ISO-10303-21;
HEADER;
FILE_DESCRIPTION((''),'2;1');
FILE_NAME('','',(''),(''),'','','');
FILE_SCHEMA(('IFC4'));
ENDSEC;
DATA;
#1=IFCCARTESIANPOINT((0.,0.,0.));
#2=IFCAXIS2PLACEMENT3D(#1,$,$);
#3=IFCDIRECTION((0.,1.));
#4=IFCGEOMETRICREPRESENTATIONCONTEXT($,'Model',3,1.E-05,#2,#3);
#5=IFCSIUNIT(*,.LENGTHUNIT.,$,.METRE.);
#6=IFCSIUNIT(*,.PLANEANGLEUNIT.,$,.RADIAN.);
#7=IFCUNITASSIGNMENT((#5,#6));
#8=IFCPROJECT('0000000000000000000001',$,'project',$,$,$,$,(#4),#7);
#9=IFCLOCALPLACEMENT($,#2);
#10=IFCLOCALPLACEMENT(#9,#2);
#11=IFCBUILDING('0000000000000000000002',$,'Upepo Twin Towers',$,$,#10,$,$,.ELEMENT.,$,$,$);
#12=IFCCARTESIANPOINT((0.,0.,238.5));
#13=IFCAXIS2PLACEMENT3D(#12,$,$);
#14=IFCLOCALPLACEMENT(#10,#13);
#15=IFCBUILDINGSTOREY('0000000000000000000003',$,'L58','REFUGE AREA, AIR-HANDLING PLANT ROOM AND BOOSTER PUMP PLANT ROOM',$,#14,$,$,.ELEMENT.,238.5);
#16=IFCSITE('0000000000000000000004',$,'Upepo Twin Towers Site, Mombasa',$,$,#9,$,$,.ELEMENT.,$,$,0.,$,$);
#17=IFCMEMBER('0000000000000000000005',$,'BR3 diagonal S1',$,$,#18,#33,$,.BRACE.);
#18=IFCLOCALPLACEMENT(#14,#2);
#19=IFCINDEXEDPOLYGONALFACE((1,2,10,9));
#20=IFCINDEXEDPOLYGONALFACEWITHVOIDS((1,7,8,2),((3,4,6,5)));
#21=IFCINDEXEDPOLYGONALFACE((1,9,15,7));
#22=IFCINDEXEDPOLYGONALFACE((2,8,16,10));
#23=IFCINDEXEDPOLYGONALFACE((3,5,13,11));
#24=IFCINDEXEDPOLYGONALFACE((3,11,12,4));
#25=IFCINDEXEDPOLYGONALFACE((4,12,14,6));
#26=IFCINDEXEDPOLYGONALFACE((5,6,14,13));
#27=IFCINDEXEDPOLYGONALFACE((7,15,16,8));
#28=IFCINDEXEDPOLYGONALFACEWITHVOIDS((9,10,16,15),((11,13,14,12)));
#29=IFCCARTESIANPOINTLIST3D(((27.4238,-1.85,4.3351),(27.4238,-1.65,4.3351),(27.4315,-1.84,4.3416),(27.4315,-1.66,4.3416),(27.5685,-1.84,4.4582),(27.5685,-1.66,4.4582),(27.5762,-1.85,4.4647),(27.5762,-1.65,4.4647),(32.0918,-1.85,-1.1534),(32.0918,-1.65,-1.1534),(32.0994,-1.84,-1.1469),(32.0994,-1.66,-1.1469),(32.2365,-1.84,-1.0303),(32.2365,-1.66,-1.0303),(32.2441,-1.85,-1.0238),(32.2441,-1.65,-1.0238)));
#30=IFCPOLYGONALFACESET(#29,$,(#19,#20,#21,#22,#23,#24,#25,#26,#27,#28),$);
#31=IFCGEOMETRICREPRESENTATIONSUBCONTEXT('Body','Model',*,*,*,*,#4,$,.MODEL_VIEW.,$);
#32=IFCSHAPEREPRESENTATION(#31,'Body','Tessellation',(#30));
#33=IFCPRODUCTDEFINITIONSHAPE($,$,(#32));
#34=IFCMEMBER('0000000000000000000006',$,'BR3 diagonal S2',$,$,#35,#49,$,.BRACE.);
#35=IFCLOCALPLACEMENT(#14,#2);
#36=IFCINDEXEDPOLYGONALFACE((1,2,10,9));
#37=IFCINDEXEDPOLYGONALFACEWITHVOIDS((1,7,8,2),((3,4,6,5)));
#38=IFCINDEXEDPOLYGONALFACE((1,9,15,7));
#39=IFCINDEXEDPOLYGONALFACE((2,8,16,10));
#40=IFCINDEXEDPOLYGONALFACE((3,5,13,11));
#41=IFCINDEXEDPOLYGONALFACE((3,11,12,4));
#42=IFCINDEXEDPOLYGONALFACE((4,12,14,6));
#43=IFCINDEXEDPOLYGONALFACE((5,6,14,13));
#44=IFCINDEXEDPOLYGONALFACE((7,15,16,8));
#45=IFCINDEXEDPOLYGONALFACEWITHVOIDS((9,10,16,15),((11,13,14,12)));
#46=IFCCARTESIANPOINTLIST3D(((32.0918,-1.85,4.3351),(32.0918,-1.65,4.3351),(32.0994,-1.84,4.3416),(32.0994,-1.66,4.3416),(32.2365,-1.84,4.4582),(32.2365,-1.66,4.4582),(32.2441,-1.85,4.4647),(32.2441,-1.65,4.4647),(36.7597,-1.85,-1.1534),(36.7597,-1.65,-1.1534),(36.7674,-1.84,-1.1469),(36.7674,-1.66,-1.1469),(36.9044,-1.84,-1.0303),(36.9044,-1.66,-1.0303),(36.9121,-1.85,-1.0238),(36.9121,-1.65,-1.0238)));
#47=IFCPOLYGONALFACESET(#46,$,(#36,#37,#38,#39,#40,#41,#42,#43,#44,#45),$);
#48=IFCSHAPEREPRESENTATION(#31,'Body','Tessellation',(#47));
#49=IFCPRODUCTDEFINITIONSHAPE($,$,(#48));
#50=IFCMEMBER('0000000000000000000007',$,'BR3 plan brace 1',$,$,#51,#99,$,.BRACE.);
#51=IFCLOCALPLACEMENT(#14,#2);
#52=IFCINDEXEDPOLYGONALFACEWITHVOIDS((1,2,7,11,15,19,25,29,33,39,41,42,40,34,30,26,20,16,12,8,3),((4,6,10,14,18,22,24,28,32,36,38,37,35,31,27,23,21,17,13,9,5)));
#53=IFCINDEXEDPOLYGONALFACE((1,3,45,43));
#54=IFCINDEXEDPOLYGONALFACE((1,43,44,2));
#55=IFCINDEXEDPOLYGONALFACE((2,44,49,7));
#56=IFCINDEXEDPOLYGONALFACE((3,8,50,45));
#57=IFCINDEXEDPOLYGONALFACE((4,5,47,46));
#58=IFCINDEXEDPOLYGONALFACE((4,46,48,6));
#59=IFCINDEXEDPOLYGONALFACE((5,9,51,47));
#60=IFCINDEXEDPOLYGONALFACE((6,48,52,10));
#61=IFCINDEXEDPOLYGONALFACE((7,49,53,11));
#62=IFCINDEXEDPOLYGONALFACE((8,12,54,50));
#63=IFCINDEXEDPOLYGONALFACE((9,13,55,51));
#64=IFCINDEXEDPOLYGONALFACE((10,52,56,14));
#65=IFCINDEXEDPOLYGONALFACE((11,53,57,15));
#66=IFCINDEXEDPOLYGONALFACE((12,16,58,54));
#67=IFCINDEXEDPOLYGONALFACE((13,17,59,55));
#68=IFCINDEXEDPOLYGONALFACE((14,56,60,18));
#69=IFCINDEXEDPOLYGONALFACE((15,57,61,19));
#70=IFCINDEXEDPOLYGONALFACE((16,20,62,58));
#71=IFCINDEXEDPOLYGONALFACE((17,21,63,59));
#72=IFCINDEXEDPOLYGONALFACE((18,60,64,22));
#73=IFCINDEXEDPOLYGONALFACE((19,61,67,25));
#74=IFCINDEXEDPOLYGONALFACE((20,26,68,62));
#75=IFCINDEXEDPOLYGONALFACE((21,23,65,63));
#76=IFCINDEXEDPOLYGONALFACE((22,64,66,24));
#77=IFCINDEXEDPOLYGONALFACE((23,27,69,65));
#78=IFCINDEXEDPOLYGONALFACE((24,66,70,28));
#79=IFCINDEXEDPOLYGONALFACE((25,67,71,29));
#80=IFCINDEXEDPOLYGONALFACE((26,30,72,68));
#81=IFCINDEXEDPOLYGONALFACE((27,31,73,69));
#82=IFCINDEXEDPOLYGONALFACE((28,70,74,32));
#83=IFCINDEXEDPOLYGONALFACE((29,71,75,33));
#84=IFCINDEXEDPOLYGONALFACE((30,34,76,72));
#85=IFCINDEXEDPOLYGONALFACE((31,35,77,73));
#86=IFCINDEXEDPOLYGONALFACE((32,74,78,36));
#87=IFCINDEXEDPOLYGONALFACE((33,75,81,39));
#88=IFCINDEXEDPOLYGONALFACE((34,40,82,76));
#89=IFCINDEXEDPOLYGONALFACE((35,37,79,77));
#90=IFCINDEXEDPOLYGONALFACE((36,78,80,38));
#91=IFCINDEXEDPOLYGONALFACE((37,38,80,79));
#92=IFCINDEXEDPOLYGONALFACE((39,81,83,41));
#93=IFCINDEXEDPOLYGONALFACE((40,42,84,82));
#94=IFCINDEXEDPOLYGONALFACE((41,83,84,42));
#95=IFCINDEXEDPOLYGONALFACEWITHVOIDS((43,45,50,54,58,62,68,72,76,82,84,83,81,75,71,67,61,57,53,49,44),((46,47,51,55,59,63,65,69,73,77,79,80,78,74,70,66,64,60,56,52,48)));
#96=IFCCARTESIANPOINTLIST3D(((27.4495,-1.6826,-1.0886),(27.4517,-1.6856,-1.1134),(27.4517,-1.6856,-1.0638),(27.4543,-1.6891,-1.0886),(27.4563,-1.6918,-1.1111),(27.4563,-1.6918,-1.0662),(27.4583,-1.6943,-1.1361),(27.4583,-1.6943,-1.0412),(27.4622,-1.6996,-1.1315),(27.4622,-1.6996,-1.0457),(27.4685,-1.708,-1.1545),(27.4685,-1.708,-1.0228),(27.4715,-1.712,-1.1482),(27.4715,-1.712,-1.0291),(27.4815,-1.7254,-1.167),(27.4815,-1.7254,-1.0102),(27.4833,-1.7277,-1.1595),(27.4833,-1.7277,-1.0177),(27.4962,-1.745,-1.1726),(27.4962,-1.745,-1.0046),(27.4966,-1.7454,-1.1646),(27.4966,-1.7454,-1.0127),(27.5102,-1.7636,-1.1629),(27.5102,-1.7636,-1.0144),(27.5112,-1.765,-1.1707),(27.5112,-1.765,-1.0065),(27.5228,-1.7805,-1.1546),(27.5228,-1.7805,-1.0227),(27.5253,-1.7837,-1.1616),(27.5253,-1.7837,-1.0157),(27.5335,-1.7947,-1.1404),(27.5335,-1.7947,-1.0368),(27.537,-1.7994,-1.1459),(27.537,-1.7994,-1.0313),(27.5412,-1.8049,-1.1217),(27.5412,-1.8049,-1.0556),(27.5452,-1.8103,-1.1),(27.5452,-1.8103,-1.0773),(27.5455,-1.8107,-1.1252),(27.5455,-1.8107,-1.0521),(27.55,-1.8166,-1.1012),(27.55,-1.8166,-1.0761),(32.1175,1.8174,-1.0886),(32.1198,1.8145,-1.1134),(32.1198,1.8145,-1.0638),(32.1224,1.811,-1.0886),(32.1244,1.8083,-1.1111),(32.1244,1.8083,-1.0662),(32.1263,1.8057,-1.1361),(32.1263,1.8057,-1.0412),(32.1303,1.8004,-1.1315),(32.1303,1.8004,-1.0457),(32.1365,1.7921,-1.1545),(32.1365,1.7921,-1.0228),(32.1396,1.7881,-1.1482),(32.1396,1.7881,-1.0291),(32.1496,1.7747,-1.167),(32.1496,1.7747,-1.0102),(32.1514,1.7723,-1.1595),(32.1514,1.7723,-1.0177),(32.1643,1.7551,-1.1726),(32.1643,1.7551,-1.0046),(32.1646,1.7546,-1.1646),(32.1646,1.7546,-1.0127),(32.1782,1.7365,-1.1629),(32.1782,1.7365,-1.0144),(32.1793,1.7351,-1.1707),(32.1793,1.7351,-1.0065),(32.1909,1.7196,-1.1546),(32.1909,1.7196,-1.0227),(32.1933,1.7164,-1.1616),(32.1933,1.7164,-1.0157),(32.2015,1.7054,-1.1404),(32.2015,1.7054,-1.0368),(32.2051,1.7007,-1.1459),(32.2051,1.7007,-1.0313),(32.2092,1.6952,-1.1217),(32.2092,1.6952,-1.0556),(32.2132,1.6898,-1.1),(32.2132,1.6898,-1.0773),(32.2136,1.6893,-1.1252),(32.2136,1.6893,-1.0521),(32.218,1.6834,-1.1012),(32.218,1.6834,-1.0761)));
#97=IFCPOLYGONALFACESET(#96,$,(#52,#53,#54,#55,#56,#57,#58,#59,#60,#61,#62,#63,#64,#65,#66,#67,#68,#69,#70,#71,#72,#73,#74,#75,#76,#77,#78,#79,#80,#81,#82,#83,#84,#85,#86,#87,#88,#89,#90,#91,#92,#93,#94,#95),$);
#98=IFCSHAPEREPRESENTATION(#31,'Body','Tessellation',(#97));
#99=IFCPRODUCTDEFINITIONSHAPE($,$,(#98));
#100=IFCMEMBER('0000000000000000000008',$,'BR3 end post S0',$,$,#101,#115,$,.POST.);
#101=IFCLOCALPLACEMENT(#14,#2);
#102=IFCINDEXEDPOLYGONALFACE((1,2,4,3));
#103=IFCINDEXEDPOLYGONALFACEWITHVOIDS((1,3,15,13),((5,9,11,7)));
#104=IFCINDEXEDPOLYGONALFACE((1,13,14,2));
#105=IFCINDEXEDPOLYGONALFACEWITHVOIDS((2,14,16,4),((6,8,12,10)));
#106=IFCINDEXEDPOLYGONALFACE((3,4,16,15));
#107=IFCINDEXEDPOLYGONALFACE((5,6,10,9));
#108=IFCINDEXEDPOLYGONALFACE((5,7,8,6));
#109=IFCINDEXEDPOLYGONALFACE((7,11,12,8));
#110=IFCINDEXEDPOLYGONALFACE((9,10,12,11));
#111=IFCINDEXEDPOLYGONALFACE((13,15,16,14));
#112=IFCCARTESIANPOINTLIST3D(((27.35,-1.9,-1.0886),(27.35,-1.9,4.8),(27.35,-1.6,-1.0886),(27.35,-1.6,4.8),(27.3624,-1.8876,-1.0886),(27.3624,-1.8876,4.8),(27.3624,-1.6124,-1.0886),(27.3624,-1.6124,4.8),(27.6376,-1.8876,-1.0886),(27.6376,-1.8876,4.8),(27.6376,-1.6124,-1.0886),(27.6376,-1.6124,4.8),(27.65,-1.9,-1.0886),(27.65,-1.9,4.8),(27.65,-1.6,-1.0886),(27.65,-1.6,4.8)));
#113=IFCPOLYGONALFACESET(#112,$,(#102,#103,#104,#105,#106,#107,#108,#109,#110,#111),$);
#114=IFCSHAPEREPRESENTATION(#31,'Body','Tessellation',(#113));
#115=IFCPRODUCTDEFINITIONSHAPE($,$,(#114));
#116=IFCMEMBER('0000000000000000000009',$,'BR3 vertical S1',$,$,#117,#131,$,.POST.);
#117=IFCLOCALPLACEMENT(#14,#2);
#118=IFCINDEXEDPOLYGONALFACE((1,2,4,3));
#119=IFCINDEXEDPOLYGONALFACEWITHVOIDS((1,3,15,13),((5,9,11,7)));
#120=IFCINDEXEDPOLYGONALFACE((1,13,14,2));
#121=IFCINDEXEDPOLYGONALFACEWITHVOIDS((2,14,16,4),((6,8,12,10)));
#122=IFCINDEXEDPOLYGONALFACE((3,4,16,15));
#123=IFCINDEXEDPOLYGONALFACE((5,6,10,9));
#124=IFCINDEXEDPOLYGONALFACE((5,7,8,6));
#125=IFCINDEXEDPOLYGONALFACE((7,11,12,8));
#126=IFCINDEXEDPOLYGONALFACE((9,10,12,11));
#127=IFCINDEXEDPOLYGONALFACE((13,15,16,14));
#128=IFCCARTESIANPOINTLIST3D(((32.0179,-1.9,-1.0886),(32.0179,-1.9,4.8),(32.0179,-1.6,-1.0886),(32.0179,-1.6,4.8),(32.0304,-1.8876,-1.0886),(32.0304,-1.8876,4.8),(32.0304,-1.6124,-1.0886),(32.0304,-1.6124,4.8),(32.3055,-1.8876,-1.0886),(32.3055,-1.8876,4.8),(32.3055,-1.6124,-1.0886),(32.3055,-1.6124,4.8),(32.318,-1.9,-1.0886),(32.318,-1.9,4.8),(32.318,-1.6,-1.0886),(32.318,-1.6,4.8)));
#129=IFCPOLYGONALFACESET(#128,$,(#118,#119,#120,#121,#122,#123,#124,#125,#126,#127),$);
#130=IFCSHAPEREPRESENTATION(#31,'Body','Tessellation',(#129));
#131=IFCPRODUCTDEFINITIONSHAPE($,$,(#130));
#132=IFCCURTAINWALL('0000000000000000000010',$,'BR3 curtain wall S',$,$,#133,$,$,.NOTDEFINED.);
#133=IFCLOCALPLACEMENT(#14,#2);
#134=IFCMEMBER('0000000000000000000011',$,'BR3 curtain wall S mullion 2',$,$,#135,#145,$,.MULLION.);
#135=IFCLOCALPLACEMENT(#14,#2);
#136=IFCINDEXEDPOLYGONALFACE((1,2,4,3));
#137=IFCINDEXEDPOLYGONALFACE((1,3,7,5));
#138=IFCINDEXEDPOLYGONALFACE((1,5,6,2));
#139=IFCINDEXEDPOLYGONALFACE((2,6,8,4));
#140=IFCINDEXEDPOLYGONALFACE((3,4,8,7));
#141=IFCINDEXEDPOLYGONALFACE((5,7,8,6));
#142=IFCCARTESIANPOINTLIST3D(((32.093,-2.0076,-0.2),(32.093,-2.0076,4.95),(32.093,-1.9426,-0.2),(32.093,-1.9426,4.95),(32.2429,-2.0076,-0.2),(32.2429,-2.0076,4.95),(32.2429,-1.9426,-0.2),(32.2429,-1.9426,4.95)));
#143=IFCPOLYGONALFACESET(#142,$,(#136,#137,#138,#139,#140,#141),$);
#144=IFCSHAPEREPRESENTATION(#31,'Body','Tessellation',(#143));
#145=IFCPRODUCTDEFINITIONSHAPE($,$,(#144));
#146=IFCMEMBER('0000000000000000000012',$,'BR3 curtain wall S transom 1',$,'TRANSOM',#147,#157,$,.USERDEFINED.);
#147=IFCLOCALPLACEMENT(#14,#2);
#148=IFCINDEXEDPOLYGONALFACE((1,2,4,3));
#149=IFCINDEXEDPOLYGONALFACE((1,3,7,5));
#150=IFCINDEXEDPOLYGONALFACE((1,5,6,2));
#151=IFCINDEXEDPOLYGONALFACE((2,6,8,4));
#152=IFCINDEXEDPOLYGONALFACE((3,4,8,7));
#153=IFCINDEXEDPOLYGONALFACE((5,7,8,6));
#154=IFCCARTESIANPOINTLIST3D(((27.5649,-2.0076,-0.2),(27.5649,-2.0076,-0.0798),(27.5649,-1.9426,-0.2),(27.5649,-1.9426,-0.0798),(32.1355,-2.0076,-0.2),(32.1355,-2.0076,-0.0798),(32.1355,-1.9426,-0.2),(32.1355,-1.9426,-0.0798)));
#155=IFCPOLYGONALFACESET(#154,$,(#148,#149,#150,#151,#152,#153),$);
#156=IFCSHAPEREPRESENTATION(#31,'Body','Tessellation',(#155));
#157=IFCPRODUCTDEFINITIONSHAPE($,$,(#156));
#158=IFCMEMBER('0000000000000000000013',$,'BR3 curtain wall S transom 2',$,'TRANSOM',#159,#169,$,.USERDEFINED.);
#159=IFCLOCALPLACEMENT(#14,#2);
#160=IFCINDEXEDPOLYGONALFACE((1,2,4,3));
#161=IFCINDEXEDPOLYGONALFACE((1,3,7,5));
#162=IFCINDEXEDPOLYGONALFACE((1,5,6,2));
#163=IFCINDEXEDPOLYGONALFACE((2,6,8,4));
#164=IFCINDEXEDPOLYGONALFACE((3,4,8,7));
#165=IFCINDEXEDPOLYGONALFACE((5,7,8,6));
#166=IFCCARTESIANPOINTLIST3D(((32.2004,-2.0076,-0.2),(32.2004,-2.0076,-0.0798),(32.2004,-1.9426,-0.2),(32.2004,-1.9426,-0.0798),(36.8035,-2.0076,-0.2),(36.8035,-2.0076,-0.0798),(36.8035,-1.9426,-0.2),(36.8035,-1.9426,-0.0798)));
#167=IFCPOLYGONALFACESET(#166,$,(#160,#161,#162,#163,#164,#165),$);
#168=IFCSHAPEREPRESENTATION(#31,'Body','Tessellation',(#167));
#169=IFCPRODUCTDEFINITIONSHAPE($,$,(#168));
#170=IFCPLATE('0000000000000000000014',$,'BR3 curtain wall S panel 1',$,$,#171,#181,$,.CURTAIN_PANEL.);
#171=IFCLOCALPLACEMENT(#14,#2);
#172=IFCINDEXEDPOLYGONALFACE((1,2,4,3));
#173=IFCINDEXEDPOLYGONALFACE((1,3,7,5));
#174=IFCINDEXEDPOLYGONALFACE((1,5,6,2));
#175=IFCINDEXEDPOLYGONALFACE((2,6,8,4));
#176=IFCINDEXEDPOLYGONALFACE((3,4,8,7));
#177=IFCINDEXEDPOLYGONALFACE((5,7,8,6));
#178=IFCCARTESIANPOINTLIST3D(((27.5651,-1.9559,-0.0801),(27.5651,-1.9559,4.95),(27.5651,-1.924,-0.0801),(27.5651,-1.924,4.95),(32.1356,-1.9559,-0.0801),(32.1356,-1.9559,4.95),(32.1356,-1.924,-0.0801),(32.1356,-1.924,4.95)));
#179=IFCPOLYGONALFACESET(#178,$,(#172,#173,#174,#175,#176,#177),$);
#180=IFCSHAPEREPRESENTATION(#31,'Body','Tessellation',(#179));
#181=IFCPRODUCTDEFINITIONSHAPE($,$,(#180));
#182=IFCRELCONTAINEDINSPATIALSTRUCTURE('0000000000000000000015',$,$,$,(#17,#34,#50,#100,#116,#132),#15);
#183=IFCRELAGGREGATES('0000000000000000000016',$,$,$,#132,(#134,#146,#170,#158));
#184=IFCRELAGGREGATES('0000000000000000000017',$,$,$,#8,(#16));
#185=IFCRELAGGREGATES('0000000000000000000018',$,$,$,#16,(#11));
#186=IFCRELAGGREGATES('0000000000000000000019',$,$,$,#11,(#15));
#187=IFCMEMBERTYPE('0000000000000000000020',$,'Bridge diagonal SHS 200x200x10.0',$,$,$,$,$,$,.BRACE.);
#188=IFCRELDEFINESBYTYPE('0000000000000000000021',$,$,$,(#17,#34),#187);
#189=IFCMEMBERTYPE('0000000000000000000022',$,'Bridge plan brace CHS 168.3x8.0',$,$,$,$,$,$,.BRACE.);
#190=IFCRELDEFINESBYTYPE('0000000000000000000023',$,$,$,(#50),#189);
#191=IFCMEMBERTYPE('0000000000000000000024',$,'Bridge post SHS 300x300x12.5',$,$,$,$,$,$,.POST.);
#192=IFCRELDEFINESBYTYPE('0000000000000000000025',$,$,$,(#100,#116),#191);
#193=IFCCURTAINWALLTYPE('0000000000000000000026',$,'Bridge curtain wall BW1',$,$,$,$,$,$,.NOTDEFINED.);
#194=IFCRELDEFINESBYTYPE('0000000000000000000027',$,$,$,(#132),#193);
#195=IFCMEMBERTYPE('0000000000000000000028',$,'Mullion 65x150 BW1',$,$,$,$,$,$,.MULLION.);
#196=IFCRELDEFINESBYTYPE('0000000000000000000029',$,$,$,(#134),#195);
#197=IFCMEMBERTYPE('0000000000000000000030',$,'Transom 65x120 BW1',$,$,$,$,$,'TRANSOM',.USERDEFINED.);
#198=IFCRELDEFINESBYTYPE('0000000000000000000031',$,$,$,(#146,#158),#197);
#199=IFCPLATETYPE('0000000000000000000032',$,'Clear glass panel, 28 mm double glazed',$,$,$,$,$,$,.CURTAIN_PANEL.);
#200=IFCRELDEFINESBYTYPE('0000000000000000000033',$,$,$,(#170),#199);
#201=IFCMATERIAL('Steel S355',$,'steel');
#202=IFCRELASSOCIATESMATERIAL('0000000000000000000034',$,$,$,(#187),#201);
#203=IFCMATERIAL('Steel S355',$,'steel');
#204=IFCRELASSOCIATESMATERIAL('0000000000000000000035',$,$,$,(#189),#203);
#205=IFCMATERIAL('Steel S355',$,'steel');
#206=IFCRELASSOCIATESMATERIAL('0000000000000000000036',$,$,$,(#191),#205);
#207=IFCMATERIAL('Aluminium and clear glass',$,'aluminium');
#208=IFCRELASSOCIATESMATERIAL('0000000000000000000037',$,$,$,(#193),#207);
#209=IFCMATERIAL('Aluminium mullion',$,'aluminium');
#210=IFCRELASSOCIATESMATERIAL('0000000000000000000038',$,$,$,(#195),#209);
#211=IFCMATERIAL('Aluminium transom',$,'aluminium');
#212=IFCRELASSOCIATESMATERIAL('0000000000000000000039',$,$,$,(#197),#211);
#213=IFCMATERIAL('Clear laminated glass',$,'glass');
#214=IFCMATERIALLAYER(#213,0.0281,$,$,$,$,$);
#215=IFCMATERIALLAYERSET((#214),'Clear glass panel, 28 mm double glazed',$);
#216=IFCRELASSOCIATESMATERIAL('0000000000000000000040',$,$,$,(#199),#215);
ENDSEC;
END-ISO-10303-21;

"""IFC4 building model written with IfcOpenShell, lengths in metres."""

from ifc_helpers import new_model, si_unit, direction, frame, origin, origin_2d, place, context, subcontext, project, spatial, rectangle, hollow_rectangle, hollow_circle, extrude, material, layer, layer_set, material_profile, profile_set, type_object, element, aggregate, save


model = new_model("IFC4")

# Units and contexts
model_context = context("Model", 3, precision=1e-05, world=origin(), true_north=direction((0.0, 1.0)))
body_context = subcontext(model_context, "Body", "Model", "MODEL_VIEW")
ifc_project = project(units=[si_unit("LENGTHUNIT", "METRE"), si_unit("PLANEANGLEUNIT", "RADIAN")], contexts=[model_context])

# Site, building, storey
site_placement = place(None, origin())
site = spatial("IfcSite", under=ifc_project, at=site_placement, Name="Upepo Twin Towers Site, Mombasa", CompositionType="ELEMENT", RefElevation=0.0)
building_placement = place(site_placement, origin())
building = spatial("IfcBuilding", under=site, at=building_placement, Name="Upepo Twin Towers", CompositionType="ELEMENT")
storey_placement = place(building_placement, frame((0.0, 0.0, 238.5)))
storey = spatial("IfcBuildingStorey", under=building, at=storey_placement, Name="L58", Description="REFUGE AREA, AIR-HANDLING PLANT ROOM AND BOOSTER PUMP PLANT ROOM", CompositionType="ELEMENT", Elevation=238.5)

# Members
ifc_material_1 = material(Name="Steel S355", Category="steel")
ifc_material_profile_1 = material_profile(ifc_material_1, hollow_rectangle(XDim=0.2, YDim=0.2, WallThickness=0.01, at=origin_2d()), Name="SHS 200x200x10.0")
ifc_profile_set_1 = profile_set([ifc_material_profile_1], Name="Steel S355")
member_type_1 = type_object("IfcMemberType", Name="Bridge diagonal SHS 200x200x10.0", PredefinedType="BRACE", material=ifc_profile_set_1)
for number, where, z_axis, x_axis, name in (
    (1, (27.5, -1.75, 4.3999), (0.647868, 0.0, -0.761753), (0.0, 1.0, 0.0), "BR3 diagonal S1"),
    (2, (32.168, -1.75, 4.3999), (0.647868, 0.0, -0.761753), (0.0, 1.0, 0.0), "BR3 diagonal S2"),
):
    element("IfcMember", number, at=place(storey_placement, frame(where, z_axis=z_axis, x_axis=x_axis)), inside=storey, type_object=member_type_1, Name=name, PredefinedType="BRACE", context=body_context, shape_type="SweptSolid", body=[
        extrude(hollow_rectangle(XDim=0.2, YDim=0.2, WallThickness=0.01, at=origin_2d()), origin(), (0.0, 0.0, 1.0), 7.2051),
    ])
ifc_material_2 = material(Name="Steel S355", Category="steel")
ifc_material_profile_2 = material_profile(ifc_material_2, hollow_circle(Radius=0.0842, WallThickness=0.0081, at=origin_2d()), Name="CHS 168.3x8.0")
ifc_profile_set_2 = profile_set([ifc_material_profile_2], Name="Steel S355")
member_type_2 = type_object("IfcMemberType", Name="Bridge plan brace CHS 168.3x8.0", PredefinedType="BRACE", material=ifc_profile_set_2)
member_1_placement = place(storey_placement, frame((27.5, -1.75, -1.0886), z_axis=(0.80008, 0.599893, 0.0), x_axis=(-0.599893, 0.80008, 0.0)))
element("IfcMember", 3, at=member_1_placement, inside=storey, type_object=member_type_2, Name="BR3 plan brace 1", PredefinedType="BRACE", context=body_context, shape_type="SweptSolid", body=[
    extrude(hollow_circle(Radius=0.0842, WallThickness=0.0081, at=origin_2d()), origin(), (0.0, 0.0, 1.0), 5.8345),
])
ifc_material_3 = material(Name="Steel S355", Category="steel")
ifc_material_profile_3 = material_profile(ifc_material_3, hollow_rectangle(XDim=0.3, YDim=0.3, WallThickness=0.0125, at=origin_2d()), Name="SHS 300x300x12.5")
ifc_profile_set_3 = profile_set([ifc_material_profile_3], Name="Steel S355")
member_type_3 = type_object("IfcMemberType", Name="Bridge post SHS 300x300x12.5", PredefinedType="POST", material=ifc_profile_set_3)
for number, where, z_axis, x_axis, name in (
    (4, (27.5, -1.75, -1.0886), (0.0, 0.0, 1.0), (1.0, 0.0, 0.0), "BR3 end post S0"),
    (5, (32.168, -1.75, -1.0886), (0.0, 0.0, 1.0), (1.0, 0.0, 0.0), "BR3 vertical S1"),
):
    element("IfcMember", number, at=place(storey_placement, frame(where, z_axis=z_axis, x_axis=x_axis)), inside=storey, type_object=member_type_3, Name=name, PredefinedType="POST", context=body_context, shape_type="SweptSolid", body=[
        extrude(hollow_rectangle(XDim=0.3, YDim=0.3, WallThickness=0.0125, at=origin_2d()), origin(), (0.0, 0.0, 1.0), 5.8887),
    ])

# Curtain wall, members, plate
ifc_material_4 = material(Name="Aluminium and clear glass", Category="aluminium")
curtain_wall_type = type_object("IfcCurtainWallType", Name="Bridge curtain wall BW1", PredefinedType="NOTDEFINED", material=ifc_material_4)
curtain_wall_placement = place(storey_placement, origin())
curtain_wall = element("IfcCurtainWall", 6, at=curtain_wall_placement, inside=storey, type_object=curtain_wall_type, Name="BR3 curtain wall S", PredefinedType="NOTDEFINED")
ifc_material_5 = material(Name="Aluminium mullion", Category="aluminium")
ifc_material_profile_4 = material_profile(ifc_material_5, rectangle(XDim=0.0649, YDim=0.1499, at=origin_2d()), Name="MULLION 65x150 BRIDGE")
ifc_profile_set_4 = profile_set([ifc_material_profile_4], Name="Aluminium mullion")
member_type_4 = type_object("IfcMemberType", Name="Mullion 65x150 BW1", PredefinedType="MULLION", material=ifc_profile_set_4)
member_2_placement = place(storey_placement, frame((32.168, -1.9751, -0.2), z_axis=(0.0, 0.0, 1.0), x_axis=(0.0, 1.0, 0.0)))
member_2 = element("IfcMember", 7, at=member_2_placement, type_object=member_type_4, Name="BR3 curtain wall S mullion 2", PredefinedType="MULLION", context=body_context, shape_type="SweptSolid", body=[
    extrude(rectangle(XDim=0.0649, YDim=0.1499, at=origin_2d()), origin(), (0.0, 0.0, 1.0), 5.1499),
])
ifc_material_6 = material(Name="Aluminium transom", Category="aluminium")
ifc_material_profile_5 = material_profile(ifc_material_6, rectangle(XDim=0.0649, YDim=0.1201, at=origin_2d()), Name="TRANSOM 65x120 BRIDGE")
ifc_profile_set_5 = profile_set([ifc_material_profile_5], Name="Aluminium transom")
member_type_5 = type_object("IfcMemberType", Name="Transom 65x120 BW1", ElementType="TRANSOM", PredefinedType="USERDEFINED", material=ifc_profile_set_5)
member_3_placement = place(storey_placement, frame((27.5649, -1.9751, -0.1399), z_axis=(1.0, 0.0, 0.0), x_axis=(0.0, 1.0, 0.0)))
member_3 = element("IfcMember", 8, at=member_3_placement, type_object=member_type_5, Name="BR3 curtain wall S transom 1", ObjectType="TRANSOM", PredefinedType="USERDEFINED", context=body_context, shape_type="SweptSolid", body=[
    extrude(rectangle(XDim=0.0649, YDim=0.1201, at=origin_2d()), origin(), (0.0, 0.0, 1.0), 4.5706),
])
member_4_placement = place(storey_placement, frame((32.2004, -1.9751, -0.1399), z_axis=(1.0, 0.0, 0.0), x_axis=(0.0, 1.0, 0.0)))
member_4 = element("IfcMember", 9, at=member_4_placement, type_object=member_type_5, Name="BR3 curtain wall S transom 2", ObjectType="TRANSOM", PredefinedType="USERDEFINED", context=body_context, shape_type="SweptSolid", body=[
    extrude(rectangle(XDim=0.0649, YDim=0.1201, at=origin_2d()), origin(), (0.0, 0.0, 1.0), 4.603),
])
ifc_material_7 = material(Name="Clear laminated glass", Category="glass")
ifc_layer_1 = layer(ifc_material_7, 0.0281)
ifc_layer_set_1 = layer_set([ifc_layer_1], Name="Clear glass panel, 28 mm double glazed")
plate_type = type_object("IfcPlateType", Name="Clear glass panel, 28 mm double glazed", PredefinedType="CURTAIN_PANEL", material=ifc_layer_set_1)
plate_1_placement = place(storey_placement, frame((29.8503, -1.9399, -0.0801), z_axis=(0.0, 0.0, 1.0), x_axis=(1.0, 0.0, 0.0)))
plate_1 = element("IfcPlate", 10, at=plate_1_placement, type_object=plate_type, Name="BR3 curtain wall S panel 1", PredefinedType="CURTAIN_PANEL", context=body_context, shape_type="SweptSolid", body=[
    extrude(rectangle(XDim=4.5706, YDim=0.032, at=origin_2d()), origin(), (0.0, 0.0, 1.0), 5.03),
])
aggregate(curtain_wall, [member_2, member_3, plate_1, member_4])

save(model, "model.ifc")
